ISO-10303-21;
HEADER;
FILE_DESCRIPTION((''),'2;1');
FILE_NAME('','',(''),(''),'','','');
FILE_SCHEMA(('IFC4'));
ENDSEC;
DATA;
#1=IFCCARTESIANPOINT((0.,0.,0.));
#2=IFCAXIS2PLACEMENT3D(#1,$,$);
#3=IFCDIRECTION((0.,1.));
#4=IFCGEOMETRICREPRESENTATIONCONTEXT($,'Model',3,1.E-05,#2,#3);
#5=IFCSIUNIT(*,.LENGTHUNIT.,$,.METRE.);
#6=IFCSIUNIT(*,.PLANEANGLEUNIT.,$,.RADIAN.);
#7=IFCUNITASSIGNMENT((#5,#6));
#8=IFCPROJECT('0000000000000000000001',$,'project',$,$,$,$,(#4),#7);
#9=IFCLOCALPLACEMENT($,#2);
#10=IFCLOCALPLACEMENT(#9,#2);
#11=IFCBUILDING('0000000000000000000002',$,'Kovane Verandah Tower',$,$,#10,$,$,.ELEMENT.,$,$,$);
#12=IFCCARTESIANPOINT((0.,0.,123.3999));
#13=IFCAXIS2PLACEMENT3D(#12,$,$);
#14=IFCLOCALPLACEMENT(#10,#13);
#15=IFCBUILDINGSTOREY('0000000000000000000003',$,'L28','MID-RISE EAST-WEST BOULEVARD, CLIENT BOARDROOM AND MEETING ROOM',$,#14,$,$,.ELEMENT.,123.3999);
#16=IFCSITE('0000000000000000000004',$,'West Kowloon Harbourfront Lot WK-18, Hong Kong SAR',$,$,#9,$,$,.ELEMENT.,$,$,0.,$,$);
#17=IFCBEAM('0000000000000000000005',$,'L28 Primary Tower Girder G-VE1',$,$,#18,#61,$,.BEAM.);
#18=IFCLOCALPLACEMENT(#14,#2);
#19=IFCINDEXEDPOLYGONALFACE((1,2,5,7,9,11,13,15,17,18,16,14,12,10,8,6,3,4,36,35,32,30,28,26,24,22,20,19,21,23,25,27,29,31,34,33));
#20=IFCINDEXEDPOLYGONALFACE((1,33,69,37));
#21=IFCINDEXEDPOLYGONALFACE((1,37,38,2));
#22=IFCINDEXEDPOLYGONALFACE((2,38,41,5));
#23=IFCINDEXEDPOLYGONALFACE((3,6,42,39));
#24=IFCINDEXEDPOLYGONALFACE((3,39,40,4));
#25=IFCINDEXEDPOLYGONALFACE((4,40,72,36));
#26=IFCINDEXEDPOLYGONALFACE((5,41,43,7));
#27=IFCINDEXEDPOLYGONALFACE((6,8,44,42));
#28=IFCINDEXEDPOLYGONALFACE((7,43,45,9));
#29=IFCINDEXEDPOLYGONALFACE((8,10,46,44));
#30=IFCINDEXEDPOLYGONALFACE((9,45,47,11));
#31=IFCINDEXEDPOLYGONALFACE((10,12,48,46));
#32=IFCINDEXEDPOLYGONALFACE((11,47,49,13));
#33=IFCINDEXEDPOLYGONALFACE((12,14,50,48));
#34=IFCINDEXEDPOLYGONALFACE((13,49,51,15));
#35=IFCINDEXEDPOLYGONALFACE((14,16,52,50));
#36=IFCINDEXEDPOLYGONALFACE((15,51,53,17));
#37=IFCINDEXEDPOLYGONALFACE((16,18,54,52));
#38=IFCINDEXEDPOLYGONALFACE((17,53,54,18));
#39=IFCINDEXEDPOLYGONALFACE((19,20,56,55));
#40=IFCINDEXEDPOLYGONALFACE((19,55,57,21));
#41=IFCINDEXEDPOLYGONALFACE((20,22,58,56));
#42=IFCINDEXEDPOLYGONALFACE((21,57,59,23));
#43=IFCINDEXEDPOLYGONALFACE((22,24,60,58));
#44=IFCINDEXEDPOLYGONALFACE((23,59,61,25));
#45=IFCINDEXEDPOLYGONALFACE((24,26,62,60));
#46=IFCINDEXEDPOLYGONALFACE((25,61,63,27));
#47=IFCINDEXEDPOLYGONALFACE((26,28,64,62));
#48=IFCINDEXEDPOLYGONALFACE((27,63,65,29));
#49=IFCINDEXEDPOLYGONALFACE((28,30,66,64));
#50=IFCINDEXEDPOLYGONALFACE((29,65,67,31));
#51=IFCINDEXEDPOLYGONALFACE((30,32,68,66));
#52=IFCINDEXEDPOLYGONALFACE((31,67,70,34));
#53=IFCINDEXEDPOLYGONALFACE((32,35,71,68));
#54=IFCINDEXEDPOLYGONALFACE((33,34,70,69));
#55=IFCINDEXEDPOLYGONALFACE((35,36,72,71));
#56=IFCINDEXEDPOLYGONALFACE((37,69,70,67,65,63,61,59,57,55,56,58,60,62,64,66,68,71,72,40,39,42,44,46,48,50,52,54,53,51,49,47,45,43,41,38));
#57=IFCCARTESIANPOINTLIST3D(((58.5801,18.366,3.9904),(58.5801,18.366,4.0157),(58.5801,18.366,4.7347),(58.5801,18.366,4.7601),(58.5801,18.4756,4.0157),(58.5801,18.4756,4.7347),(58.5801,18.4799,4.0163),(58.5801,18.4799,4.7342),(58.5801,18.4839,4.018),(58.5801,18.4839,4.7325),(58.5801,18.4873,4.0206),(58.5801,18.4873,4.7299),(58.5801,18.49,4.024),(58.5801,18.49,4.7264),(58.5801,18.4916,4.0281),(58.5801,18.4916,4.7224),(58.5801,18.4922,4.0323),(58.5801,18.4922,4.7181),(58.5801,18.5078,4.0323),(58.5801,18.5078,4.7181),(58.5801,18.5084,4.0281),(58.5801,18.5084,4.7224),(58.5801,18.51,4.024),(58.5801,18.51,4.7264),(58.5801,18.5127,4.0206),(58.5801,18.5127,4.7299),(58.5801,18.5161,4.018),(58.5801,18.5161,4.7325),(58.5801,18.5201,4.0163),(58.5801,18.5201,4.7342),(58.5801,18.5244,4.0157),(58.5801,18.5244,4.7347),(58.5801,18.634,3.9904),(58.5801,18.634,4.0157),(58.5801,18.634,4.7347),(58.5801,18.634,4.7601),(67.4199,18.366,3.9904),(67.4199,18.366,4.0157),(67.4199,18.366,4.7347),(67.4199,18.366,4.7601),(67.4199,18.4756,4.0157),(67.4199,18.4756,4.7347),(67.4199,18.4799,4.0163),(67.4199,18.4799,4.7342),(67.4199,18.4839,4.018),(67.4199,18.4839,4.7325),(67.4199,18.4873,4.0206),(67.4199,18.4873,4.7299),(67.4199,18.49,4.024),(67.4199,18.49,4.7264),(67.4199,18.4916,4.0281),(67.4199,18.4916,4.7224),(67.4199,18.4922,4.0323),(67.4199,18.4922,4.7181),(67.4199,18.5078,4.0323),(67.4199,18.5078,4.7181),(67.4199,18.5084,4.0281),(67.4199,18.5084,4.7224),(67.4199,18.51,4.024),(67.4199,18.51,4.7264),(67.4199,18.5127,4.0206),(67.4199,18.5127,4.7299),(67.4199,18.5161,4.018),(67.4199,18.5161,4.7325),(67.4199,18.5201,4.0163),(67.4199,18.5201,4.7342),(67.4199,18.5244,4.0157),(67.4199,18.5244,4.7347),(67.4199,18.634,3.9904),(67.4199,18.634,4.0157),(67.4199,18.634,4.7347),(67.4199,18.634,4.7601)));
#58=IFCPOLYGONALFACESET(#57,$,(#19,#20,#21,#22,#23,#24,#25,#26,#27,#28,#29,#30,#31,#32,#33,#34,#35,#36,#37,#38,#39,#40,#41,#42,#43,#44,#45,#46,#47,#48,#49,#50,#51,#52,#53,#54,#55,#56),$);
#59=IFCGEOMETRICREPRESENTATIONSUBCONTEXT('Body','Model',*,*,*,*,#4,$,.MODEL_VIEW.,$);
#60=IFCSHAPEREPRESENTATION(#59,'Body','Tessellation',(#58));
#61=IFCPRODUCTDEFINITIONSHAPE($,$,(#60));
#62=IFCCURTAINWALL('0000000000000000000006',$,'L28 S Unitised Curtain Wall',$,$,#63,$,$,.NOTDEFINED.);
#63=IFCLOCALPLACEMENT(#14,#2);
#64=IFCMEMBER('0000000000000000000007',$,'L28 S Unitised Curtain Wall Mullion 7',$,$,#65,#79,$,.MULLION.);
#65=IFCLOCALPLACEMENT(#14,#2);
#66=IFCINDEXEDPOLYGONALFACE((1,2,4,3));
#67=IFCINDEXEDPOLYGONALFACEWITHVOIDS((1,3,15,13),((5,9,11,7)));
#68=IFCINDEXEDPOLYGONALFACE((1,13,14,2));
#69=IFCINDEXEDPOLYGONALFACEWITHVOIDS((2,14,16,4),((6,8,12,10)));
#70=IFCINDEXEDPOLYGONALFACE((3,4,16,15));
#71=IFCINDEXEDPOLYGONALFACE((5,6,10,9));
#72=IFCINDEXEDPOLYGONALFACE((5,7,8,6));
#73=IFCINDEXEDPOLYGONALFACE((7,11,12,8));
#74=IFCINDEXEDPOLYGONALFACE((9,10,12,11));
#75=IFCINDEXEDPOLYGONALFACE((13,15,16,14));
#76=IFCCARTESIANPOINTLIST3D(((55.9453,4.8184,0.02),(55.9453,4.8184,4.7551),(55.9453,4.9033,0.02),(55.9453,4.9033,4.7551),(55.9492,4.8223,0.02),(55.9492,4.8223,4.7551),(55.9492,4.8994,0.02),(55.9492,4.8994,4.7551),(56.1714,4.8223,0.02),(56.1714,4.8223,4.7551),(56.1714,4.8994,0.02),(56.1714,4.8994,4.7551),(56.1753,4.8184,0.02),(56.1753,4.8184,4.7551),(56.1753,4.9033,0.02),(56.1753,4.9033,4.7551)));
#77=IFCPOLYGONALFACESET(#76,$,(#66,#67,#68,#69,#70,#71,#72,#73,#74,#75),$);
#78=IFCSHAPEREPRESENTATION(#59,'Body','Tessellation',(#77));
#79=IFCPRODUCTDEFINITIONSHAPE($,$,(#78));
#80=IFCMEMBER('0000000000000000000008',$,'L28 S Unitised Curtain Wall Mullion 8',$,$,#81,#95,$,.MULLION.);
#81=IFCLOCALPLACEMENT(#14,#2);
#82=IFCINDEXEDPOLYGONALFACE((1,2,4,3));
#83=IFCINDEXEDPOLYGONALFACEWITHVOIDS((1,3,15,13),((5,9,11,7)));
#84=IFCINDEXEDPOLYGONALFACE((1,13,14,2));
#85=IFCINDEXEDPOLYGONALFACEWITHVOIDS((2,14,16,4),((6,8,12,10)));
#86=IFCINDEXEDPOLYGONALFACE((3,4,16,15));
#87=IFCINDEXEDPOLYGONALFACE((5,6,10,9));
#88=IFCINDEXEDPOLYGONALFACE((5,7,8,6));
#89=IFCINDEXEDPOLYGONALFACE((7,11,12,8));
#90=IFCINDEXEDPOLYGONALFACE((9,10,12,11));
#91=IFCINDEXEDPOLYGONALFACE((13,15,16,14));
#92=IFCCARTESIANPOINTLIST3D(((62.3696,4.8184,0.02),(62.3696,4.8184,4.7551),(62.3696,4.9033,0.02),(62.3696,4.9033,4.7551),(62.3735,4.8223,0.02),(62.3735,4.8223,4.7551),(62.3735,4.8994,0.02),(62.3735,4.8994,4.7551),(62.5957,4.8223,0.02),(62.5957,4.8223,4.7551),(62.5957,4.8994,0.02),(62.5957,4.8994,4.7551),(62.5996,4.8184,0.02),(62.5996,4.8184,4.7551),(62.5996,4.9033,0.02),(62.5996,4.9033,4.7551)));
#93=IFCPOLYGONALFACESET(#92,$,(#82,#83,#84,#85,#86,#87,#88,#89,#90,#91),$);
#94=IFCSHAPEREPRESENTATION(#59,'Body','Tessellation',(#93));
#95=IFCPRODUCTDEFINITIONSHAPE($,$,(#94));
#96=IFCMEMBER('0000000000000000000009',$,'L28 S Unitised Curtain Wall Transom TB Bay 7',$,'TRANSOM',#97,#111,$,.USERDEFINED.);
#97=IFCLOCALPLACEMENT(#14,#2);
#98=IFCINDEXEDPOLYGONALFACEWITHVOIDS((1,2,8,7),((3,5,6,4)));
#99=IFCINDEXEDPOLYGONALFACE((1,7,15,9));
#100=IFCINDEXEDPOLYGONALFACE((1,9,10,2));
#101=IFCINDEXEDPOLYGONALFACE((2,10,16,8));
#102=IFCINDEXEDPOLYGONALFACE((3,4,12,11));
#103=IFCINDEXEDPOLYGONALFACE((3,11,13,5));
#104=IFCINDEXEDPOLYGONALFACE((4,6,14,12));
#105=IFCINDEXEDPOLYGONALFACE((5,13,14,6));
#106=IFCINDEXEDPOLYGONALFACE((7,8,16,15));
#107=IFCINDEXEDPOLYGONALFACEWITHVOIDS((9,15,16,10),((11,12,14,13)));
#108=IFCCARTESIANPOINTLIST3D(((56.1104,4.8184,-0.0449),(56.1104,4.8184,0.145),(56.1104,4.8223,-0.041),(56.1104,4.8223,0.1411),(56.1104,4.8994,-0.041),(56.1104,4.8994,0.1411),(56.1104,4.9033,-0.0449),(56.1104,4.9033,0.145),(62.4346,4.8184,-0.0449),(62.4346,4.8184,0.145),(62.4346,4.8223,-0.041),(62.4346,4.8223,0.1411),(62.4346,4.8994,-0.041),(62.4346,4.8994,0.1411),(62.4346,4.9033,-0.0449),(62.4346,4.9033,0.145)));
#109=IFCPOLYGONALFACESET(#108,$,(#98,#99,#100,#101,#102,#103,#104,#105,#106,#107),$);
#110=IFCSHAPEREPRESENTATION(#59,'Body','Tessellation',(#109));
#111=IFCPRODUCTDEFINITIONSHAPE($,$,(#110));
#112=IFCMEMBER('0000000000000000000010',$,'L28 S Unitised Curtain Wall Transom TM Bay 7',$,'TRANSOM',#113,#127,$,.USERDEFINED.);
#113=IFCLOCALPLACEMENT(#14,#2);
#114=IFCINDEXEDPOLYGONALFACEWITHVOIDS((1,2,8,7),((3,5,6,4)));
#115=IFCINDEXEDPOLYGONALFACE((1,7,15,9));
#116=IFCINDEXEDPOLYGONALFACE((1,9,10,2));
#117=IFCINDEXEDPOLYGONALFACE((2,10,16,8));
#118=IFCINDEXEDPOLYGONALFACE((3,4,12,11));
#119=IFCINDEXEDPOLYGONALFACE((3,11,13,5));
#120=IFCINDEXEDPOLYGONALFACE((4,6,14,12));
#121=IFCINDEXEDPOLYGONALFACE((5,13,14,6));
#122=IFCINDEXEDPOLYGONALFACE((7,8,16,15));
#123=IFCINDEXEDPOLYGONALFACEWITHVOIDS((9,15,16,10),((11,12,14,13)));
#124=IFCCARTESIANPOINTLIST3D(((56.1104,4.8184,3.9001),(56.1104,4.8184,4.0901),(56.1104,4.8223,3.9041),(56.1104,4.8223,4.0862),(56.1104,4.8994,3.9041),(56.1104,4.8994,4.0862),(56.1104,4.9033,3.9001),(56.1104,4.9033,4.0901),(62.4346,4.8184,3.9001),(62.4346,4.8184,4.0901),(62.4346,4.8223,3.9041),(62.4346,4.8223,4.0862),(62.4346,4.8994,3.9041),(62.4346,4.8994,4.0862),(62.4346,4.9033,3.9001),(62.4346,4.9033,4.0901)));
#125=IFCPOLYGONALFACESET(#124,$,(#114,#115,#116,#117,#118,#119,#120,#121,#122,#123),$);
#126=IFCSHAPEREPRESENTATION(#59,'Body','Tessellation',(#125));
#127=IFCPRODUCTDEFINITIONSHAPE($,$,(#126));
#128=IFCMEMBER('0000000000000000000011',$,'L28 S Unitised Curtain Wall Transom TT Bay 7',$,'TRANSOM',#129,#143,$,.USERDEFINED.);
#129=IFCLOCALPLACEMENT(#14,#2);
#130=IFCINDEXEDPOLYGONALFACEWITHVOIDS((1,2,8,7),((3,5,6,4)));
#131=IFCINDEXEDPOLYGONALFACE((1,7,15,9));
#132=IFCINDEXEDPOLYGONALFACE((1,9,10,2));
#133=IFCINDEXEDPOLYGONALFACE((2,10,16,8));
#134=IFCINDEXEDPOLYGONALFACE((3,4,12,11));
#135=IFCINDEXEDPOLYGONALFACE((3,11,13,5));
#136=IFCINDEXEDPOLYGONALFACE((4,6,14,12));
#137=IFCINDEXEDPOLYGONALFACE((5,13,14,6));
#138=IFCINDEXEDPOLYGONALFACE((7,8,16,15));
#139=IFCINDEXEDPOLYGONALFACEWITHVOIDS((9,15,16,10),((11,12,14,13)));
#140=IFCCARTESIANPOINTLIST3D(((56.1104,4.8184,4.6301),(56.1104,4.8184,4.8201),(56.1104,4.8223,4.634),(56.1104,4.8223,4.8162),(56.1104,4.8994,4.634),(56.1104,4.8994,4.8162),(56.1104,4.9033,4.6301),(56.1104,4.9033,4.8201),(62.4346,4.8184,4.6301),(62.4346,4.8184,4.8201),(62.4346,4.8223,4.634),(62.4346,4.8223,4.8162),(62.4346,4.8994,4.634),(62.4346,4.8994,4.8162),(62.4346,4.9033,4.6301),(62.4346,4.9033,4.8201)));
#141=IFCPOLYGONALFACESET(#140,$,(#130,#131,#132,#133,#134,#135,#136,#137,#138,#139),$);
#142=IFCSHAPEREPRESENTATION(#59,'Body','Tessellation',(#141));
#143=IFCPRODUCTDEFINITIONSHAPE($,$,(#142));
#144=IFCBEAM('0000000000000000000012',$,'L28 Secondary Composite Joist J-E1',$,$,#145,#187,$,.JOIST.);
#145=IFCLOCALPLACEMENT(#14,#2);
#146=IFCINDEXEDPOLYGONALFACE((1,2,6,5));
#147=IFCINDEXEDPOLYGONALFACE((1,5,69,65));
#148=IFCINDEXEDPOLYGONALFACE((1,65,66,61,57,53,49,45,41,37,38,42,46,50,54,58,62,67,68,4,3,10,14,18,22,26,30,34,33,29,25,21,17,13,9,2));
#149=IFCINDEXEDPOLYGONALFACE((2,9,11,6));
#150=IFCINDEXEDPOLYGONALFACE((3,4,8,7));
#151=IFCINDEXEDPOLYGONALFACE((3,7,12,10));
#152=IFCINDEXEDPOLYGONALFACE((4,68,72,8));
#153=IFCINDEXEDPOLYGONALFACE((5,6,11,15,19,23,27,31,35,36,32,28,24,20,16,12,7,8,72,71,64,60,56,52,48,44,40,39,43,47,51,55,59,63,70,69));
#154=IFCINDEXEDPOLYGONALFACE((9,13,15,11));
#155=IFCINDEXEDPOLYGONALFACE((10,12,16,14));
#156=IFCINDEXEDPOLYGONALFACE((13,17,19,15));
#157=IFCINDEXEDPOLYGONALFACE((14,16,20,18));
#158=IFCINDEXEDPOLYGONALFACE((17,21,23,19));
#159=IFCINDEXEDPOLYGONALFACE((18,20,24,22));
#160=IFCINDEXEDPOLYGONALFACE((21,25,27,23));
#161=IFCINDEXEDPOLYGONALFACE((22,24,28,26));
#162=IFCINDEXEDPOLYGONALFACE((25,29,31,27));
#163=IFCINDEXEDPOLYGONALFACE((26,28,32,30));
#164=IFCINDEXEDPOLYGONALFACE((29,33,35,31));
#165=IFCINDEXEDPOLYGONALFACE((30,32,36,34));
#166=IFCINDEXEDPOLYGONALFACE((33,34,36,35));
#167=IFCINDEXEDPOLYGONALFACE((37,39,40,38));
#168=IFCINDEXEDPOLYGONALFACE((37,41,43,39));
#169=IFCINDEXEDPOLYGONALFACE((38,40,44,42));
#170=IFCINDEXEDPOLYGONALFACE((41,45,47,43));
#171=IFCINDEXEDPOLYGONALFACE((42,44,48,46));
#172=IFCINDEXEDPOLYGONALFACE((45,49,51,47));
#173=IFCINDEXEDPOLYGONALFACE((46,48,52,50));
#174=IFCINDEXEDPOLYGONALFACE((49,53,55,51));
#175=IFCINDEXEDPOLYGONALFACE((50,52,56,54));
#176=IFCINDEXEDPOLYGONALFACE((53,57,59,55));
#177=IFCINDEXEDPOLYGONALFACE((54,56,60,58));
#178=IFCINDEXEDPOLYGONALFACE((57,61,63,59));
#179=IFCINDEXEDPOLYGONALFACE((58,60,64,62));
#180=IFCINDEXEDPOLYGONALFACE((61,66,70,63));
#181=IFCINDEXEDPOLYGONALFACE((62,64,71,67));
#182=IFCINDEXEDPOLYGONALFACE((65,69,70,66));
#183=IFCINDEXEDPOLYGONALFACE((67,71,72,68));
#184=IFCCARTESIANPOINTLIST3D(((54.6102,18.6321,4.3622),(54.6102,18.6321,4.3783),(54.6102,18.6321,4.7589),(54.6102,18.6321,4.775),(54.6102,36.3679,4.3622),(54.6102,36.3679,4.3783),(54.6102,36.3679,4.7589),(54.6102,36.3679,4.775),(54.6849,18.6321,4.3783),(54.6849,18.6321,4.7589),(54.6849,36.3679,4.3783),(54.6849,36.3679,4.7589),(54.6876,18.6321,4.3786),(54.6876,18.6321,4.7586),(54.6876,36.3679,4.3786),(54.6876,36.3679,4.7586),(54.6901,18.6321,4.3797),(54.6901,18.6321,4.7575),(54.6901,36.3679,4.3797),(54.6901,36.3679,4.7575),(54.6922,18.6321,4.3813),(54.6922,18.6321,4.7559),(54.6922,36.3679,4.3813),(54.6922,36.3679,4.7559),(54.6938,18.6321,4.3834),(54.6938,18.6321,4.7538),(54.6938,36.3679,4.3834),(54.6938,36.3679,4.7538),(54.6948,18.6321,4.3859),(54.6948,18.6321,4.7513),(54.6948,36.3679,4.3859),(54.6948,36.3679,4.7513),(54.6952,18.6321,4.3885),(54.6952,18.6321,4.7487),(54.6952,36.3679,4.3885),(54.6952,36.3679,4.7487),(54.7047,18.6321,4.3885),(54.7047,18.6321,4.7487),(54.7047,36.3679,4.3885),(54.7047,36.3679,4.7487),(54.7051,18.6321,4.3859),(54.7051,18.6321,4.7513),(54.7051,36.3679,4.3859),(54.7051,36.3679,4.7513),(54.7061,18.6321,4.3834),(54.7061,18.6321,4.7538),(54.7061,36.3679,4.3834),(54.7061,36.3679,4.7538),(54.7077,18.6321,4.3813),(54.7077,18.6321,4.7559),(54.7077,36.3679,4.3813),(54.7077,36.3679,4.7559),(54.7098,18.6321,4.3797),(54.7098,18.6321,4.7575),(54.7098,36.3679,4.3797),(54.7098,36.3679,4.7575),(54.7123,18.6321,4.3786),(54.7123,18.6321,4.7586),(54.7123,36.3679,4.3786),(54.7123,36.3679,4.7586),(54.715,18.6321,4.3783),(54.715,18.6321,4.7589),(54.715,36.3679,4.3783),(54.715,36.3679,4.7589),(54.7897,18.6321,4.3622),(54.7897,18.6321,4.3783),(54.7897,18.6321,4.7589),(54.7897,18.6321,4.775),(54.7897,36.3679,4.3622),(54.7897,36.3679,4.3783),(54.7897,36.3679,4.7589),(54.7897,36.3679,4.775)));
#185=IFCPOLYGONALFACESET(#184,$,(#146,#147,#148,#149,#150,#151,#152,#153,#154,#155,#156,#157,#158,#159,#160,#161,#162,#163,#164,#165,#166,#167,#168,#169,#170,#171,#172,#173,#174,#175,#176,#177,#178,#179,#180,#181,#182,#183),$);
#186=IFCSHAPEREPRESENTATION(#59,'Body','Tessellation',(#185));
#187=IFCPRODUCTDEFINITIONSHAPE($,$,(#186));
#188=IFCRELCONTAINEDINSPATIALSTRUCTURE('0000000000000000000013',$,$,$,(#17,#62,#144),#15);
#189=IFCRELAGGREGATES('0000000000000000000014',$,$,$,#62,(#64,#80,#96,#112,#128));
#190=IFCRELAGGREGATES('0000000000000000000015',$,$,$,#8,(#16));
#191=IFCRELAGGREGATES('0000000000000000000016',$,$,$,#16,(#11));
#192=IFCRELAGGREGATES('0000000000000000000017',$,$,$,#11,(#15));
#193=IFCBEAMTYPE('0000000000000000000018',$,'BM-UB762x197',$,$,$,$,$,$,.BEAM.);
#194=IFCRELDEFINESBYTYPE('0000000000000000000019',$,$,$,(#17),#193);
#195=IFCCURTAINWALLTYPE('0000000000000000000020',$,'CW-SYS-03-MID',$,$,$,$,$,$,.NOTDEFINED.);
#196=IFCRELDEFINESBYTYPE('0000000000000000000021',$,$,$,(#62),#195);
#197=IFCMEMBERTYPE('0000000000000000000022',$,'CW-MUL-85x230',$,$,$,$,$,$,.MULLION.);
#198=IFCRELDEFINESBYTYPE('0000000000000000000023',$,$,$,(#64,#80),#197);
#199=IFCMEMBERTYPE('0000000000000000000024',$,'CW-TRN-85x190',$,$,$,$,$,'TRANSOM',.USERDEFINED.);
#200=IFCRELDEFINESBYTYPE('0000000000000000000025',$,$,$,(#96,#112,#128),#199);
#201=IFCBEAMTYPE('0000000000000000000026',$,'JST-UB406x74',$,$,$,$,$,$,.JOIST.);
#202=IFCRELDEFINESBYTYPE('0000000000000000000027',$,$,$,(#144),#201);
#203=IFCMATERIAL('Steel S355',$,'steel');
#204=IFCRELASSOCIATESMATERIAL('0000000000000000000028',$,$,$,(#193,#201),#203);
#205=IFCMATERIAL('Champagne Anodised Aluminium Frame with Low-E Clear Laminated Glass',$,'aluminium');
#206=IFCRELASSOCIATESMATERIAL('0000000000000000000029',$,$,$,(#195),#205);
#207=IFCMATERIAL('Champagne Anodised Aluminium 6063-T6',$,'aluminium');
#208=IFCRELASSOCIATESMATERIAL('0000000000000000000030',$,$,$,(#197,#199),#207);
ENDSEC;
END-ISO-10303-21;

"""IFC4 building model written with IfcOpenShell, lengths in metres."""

from ifc_helpers import new_model, si_unit, direction, frame, origin, origin_2d, place, context, subcontext, project, spatial, hollow_rectangle, i_section, extrude, material, material_profile, profile_set, type_object, element, aggregate, save


model = new_model("IFC4")

# Units and contexts
model_context = context("Model", 3, precision=1e-05, world=origin(), true_north=direction((0.0, 1.0)))
body_context = subcontext(model_context, "Body", "Model", "MODEL_VIEW")
ifc_project = project(units=[si_unit("LENGTHUNIT", "METRE"), si_unit("PLANEANGLEUNIT", "RADIAN")], contexts=[model_context])

# Site, building, storey
site_placement = place(None, origin())
site = spatial("IfcSite", under=ifc_project, at=site_placement, Name="West Kowloon Harbourfront Lot WK-18, Hong Kong SAR", CompositionType="ELEMENT", RefElevation=0.0)
building_placement = place(site_placement, origin())
building = spatial("IfcBuilding", under=site, at=building_placement, Name="Kovane Verandah Tower", CompositionType="ELEMENT")
storey_placement = place(building_placement, frame((0.0, 0.0, 123.3999)))
storey = spatial("IfcBuildingStorey", under=building, at=storey_placement, Name="L28", Description="MID-RISE EAST-WEST BOULEVARD, CLIENT BOARDROOM AND MEETING ROOM", CompositionType="ELEMENT", Elevation=123.3999)

# Beam
ifc_material_1 = material(Name="Steel S355", Category="steel")
ifc_material_profile_1 = material_profile(ifc_material_1, i_section(OverallWidth=0.2681, OverallDepth=0.7698, WebThickness=0.0156, FlangeThickness=0.0254, FilletRadius=0.0166, at=origin_2d()), Name="UB762x267x197")
ifc_profile_set_1 = profile_set([ifc_material_profile_1], Name="Steel S355")
beam_type_1 = type_object("IfcBeamType", Name="BM-UB762x197", PredefinedType="BEAM", material=ifc_profile_set_1)
beam_1_placement = place(storey_placement, frame((58.5801, 18.5, 4.3752), z_axis=(1.0, 0.0, 0.0), x_axis=(0.0, 1.0, 0.0)))
element("IfcBeam", 1, at=beam_1_placement, inside=storey, type_object=beam_type_1, Name="L28 Primary Tower Girder G-VE1", PredefinedType="BEAM", context=body_context, shape_type="SweptSolid", body=[
    extrude(i_section(OverallWidth=0.2681, OverallDepth=0.7698, WebThickness=0.0156, FlangeThickness=0.0254, FilletRadius=0.0166, at=origin_2d()), origin(), (0.0, 0.0, 1.0), 8.8398),
])

# Curtain wall, members
ifc_material_2 = material(Name="Champagne Anodised Aluminium Frame with Low-E Clear Laminated Glass", Category="aluminium")
curtain_wall_type = type_object("IfcCurtainWallType", Name="CW-SYS-03-MID", PredefinedType="NOTDEFINED", material=ifc_material_2)
curtain_wall_placement = place(storey_placement, origin())
curtain_wall = element("IfcCurtainWall", 2, at=curtain_wall_placement, inside=storey, type_object=curtain_wall_type, Name="L28 S Unitised Curtain Wall", PredefinedType="NOTDEFINED")
ifc_material_3 = material(Name="Champagne Anodised Aluminium 6063-T6", Category="aluminium")
ifc_material_profile_2 = material_profile(ifc_material_3, hollow_rectangle(XDim=0.085, YDim=0.23, WallThickness=0.0039, at=origin_2d()), Name="AL85x230x4")
ifc_profile_set_2 = profile_set([ifc_material_profile_2], Name="Champagne Anodised Aluminium 6063-T6")
member_type_1 = type_object("IfcMemberType", Name="CW-MUL-85x230", PredefinedType="MULLION", material=ifc_profile_set_2)
member_1_placement = place(storey_placement, frame((56.0603, 4.8608, 0.02), z_axis=(0.0, 0.0, 1.0), x_axis=(0.0, -1.0, 0.0)))
member_1 = element("IfcMember", 3, at=member_1_placement, type_object=member_type_1, Name="L28 S Unitised Curtain Wall Mullion 7", PredefinedType="MULLION", context=body_context, shape_type="SweptSolid", body=[
    extrude(hollow_rectangle(XDim=0.085, YDim=0.23, WallThickness=0.0039, at=origin_2d()), origin(), (0.0, 0.0, 1.0), 4.7351),
])
member_2_placement = place(storey_placement, frame((62.4846, 4.8608, 0.02), z_axis=(0.0, 0.0, 1.0), x_axis=(0.0, -1.0, 0.0)))
member_2 = element("IfcMember", 4, at=member_2_placement, type_object=member_type_1, Name="L28 S Unitised Curtain Wall Mullion 8", PredefinedType="MULLION", context=body_context, shape_type="SweptSolid", body=[
    extrude(hollow_rectangle(XDim=0.085, YDim=0.23, WallThickness=0.0039, at=origin_2d()), origin(), (0.0, 0.0, 1.0), 4.7351),
])
ifc_material_profile_3 = material_profile(ifc_material_3, hollow_rectangle(XDim=0.085, YDim=0.1899, WallThickness=0.0039, at=origin_2d()), Name="AL85x190x4")
ifc_profile_set_3 = profile_set([ifc_material_profile_3], Name="Champagne Anodised Aluminium 6063-T6")
member_type_2 = type_object("IfcMemberType", Name="CW-TRN-85x190", ElementType="TRANSOM", PredefinedType="USERDEFINED", material=ifc_profile_set_3)
member_3_placement = place(storey_placement, frame((56.1104, 4.8608, 0.05), z_axis=(1.0, 0.0, 0.0), x_axis=(0.0, 1.0, 0.0)))
member_3 = element("IfcMember", 5, at=member_3_placement, type_object=member_type_2, Name="L28 S Unitised Curtain Wall Transom TB Bay 7", ObjectType="TRANSOM", PredefinedType="USERDEFINED", context=body_context, shape_type="SweptSolid", body=[
    extrude(hollow_rectangle(XDim=0.085, YDim=0.1899, WallThickness=0.0039, at=origin_2d()), origin(), (0.0, 0.0, 1.0), 6.3242),
])
member_4_placement = place(storey_placement, frame((56.1104, 4.8608, 3.9951), z_axis=(1.0, 0.0, 0.0), x_axis=(0.0, 1.0, 0.0)))
member_4 = element("IfcMember", 6, at=member_4_placement, type_object=member_type_2, Name="L28 S Unitised Curtain Wall Transom TM Bay 7", ObjectType="TRANSOM", PredefinedType="USERDEFINED", context=body_context, shape_type="SweptSolid", body=[
    extrude(hollow_rectangle(XDim=0.085, YDim=0.1899, WallThickness=0.0039, at=origin_2d()), origin(), (0.0, 0.0, 1.0), 6.3242),
])
member_5_placement = place(storey_placement, frame((56.1104, 4.8608, 4.7251), z_axis=(1.0, 0.0, 0.0), x_axis=(0.0, 1.0, 0.0)))
member_5 = element("IfcMember", 7, at=member_5_placement, type_object=member_type_2, Name="L28 S Unitised Curtain Wall Transom TT Bay 7", ObjectType="TRANSOM", PredefinedType="USERDEFINED", context=body_context, shape_type="SweptSolid", body=[
    extrude(hollow_rectangle(XDim=0.085, YDim=0.1899, WallThickness=0.0039, at=origin_2d()), origin(), (0.0, 0.0, 1.0), 6.3242),
])

# Beam
ifc_material_profile_4 = material_profile(ifc_material_1, i_section(OverallWidth=0.1794, OverallDepth=0.4128, WebThickness=0.0095, FlangeThickness=0.0161, FilletRadius=0.0103, at=origin_2d()), Name="UB406x178x74")
ifc_profile_set_4 = profile_set([ifc_material_profile_4], Name="Steel S355")
beam_type_2 = type_object("IfcBeamType", Name="JST-UB406x74", PredefinedType="JOIST", material=ifc_profile_set_4)
beam_2_placement = place(storey_placement, frame((54.7, 18.6321, 4.5686), z_axis=(0.0, 1.0, 0.0), x_axis=(-1.0, 0.0, 0.0)))
element("IfcBeam", 8, at=beam_2_placement, inside=storey, type_object=beam_type_2, Name="L28 Secondary Composite Joist J-E1", PredefinedType="JOIST", context=body_context, shape_type="SweptSolid", body=[
    extrude(i_section(OverallWidth=0.1794, OverallDepth=0.4128, WebThickness=0.0095, FlangeThickness=0.0161, FilletRadius=0.0103, at=origin_2d()), origin(), (0.0, 0.0, 1.0), 17.7358),
])

aggregate(curtain_wall, [member_1, member_2, member_3, member_4, member_5])

save(model, "model.ifc")
